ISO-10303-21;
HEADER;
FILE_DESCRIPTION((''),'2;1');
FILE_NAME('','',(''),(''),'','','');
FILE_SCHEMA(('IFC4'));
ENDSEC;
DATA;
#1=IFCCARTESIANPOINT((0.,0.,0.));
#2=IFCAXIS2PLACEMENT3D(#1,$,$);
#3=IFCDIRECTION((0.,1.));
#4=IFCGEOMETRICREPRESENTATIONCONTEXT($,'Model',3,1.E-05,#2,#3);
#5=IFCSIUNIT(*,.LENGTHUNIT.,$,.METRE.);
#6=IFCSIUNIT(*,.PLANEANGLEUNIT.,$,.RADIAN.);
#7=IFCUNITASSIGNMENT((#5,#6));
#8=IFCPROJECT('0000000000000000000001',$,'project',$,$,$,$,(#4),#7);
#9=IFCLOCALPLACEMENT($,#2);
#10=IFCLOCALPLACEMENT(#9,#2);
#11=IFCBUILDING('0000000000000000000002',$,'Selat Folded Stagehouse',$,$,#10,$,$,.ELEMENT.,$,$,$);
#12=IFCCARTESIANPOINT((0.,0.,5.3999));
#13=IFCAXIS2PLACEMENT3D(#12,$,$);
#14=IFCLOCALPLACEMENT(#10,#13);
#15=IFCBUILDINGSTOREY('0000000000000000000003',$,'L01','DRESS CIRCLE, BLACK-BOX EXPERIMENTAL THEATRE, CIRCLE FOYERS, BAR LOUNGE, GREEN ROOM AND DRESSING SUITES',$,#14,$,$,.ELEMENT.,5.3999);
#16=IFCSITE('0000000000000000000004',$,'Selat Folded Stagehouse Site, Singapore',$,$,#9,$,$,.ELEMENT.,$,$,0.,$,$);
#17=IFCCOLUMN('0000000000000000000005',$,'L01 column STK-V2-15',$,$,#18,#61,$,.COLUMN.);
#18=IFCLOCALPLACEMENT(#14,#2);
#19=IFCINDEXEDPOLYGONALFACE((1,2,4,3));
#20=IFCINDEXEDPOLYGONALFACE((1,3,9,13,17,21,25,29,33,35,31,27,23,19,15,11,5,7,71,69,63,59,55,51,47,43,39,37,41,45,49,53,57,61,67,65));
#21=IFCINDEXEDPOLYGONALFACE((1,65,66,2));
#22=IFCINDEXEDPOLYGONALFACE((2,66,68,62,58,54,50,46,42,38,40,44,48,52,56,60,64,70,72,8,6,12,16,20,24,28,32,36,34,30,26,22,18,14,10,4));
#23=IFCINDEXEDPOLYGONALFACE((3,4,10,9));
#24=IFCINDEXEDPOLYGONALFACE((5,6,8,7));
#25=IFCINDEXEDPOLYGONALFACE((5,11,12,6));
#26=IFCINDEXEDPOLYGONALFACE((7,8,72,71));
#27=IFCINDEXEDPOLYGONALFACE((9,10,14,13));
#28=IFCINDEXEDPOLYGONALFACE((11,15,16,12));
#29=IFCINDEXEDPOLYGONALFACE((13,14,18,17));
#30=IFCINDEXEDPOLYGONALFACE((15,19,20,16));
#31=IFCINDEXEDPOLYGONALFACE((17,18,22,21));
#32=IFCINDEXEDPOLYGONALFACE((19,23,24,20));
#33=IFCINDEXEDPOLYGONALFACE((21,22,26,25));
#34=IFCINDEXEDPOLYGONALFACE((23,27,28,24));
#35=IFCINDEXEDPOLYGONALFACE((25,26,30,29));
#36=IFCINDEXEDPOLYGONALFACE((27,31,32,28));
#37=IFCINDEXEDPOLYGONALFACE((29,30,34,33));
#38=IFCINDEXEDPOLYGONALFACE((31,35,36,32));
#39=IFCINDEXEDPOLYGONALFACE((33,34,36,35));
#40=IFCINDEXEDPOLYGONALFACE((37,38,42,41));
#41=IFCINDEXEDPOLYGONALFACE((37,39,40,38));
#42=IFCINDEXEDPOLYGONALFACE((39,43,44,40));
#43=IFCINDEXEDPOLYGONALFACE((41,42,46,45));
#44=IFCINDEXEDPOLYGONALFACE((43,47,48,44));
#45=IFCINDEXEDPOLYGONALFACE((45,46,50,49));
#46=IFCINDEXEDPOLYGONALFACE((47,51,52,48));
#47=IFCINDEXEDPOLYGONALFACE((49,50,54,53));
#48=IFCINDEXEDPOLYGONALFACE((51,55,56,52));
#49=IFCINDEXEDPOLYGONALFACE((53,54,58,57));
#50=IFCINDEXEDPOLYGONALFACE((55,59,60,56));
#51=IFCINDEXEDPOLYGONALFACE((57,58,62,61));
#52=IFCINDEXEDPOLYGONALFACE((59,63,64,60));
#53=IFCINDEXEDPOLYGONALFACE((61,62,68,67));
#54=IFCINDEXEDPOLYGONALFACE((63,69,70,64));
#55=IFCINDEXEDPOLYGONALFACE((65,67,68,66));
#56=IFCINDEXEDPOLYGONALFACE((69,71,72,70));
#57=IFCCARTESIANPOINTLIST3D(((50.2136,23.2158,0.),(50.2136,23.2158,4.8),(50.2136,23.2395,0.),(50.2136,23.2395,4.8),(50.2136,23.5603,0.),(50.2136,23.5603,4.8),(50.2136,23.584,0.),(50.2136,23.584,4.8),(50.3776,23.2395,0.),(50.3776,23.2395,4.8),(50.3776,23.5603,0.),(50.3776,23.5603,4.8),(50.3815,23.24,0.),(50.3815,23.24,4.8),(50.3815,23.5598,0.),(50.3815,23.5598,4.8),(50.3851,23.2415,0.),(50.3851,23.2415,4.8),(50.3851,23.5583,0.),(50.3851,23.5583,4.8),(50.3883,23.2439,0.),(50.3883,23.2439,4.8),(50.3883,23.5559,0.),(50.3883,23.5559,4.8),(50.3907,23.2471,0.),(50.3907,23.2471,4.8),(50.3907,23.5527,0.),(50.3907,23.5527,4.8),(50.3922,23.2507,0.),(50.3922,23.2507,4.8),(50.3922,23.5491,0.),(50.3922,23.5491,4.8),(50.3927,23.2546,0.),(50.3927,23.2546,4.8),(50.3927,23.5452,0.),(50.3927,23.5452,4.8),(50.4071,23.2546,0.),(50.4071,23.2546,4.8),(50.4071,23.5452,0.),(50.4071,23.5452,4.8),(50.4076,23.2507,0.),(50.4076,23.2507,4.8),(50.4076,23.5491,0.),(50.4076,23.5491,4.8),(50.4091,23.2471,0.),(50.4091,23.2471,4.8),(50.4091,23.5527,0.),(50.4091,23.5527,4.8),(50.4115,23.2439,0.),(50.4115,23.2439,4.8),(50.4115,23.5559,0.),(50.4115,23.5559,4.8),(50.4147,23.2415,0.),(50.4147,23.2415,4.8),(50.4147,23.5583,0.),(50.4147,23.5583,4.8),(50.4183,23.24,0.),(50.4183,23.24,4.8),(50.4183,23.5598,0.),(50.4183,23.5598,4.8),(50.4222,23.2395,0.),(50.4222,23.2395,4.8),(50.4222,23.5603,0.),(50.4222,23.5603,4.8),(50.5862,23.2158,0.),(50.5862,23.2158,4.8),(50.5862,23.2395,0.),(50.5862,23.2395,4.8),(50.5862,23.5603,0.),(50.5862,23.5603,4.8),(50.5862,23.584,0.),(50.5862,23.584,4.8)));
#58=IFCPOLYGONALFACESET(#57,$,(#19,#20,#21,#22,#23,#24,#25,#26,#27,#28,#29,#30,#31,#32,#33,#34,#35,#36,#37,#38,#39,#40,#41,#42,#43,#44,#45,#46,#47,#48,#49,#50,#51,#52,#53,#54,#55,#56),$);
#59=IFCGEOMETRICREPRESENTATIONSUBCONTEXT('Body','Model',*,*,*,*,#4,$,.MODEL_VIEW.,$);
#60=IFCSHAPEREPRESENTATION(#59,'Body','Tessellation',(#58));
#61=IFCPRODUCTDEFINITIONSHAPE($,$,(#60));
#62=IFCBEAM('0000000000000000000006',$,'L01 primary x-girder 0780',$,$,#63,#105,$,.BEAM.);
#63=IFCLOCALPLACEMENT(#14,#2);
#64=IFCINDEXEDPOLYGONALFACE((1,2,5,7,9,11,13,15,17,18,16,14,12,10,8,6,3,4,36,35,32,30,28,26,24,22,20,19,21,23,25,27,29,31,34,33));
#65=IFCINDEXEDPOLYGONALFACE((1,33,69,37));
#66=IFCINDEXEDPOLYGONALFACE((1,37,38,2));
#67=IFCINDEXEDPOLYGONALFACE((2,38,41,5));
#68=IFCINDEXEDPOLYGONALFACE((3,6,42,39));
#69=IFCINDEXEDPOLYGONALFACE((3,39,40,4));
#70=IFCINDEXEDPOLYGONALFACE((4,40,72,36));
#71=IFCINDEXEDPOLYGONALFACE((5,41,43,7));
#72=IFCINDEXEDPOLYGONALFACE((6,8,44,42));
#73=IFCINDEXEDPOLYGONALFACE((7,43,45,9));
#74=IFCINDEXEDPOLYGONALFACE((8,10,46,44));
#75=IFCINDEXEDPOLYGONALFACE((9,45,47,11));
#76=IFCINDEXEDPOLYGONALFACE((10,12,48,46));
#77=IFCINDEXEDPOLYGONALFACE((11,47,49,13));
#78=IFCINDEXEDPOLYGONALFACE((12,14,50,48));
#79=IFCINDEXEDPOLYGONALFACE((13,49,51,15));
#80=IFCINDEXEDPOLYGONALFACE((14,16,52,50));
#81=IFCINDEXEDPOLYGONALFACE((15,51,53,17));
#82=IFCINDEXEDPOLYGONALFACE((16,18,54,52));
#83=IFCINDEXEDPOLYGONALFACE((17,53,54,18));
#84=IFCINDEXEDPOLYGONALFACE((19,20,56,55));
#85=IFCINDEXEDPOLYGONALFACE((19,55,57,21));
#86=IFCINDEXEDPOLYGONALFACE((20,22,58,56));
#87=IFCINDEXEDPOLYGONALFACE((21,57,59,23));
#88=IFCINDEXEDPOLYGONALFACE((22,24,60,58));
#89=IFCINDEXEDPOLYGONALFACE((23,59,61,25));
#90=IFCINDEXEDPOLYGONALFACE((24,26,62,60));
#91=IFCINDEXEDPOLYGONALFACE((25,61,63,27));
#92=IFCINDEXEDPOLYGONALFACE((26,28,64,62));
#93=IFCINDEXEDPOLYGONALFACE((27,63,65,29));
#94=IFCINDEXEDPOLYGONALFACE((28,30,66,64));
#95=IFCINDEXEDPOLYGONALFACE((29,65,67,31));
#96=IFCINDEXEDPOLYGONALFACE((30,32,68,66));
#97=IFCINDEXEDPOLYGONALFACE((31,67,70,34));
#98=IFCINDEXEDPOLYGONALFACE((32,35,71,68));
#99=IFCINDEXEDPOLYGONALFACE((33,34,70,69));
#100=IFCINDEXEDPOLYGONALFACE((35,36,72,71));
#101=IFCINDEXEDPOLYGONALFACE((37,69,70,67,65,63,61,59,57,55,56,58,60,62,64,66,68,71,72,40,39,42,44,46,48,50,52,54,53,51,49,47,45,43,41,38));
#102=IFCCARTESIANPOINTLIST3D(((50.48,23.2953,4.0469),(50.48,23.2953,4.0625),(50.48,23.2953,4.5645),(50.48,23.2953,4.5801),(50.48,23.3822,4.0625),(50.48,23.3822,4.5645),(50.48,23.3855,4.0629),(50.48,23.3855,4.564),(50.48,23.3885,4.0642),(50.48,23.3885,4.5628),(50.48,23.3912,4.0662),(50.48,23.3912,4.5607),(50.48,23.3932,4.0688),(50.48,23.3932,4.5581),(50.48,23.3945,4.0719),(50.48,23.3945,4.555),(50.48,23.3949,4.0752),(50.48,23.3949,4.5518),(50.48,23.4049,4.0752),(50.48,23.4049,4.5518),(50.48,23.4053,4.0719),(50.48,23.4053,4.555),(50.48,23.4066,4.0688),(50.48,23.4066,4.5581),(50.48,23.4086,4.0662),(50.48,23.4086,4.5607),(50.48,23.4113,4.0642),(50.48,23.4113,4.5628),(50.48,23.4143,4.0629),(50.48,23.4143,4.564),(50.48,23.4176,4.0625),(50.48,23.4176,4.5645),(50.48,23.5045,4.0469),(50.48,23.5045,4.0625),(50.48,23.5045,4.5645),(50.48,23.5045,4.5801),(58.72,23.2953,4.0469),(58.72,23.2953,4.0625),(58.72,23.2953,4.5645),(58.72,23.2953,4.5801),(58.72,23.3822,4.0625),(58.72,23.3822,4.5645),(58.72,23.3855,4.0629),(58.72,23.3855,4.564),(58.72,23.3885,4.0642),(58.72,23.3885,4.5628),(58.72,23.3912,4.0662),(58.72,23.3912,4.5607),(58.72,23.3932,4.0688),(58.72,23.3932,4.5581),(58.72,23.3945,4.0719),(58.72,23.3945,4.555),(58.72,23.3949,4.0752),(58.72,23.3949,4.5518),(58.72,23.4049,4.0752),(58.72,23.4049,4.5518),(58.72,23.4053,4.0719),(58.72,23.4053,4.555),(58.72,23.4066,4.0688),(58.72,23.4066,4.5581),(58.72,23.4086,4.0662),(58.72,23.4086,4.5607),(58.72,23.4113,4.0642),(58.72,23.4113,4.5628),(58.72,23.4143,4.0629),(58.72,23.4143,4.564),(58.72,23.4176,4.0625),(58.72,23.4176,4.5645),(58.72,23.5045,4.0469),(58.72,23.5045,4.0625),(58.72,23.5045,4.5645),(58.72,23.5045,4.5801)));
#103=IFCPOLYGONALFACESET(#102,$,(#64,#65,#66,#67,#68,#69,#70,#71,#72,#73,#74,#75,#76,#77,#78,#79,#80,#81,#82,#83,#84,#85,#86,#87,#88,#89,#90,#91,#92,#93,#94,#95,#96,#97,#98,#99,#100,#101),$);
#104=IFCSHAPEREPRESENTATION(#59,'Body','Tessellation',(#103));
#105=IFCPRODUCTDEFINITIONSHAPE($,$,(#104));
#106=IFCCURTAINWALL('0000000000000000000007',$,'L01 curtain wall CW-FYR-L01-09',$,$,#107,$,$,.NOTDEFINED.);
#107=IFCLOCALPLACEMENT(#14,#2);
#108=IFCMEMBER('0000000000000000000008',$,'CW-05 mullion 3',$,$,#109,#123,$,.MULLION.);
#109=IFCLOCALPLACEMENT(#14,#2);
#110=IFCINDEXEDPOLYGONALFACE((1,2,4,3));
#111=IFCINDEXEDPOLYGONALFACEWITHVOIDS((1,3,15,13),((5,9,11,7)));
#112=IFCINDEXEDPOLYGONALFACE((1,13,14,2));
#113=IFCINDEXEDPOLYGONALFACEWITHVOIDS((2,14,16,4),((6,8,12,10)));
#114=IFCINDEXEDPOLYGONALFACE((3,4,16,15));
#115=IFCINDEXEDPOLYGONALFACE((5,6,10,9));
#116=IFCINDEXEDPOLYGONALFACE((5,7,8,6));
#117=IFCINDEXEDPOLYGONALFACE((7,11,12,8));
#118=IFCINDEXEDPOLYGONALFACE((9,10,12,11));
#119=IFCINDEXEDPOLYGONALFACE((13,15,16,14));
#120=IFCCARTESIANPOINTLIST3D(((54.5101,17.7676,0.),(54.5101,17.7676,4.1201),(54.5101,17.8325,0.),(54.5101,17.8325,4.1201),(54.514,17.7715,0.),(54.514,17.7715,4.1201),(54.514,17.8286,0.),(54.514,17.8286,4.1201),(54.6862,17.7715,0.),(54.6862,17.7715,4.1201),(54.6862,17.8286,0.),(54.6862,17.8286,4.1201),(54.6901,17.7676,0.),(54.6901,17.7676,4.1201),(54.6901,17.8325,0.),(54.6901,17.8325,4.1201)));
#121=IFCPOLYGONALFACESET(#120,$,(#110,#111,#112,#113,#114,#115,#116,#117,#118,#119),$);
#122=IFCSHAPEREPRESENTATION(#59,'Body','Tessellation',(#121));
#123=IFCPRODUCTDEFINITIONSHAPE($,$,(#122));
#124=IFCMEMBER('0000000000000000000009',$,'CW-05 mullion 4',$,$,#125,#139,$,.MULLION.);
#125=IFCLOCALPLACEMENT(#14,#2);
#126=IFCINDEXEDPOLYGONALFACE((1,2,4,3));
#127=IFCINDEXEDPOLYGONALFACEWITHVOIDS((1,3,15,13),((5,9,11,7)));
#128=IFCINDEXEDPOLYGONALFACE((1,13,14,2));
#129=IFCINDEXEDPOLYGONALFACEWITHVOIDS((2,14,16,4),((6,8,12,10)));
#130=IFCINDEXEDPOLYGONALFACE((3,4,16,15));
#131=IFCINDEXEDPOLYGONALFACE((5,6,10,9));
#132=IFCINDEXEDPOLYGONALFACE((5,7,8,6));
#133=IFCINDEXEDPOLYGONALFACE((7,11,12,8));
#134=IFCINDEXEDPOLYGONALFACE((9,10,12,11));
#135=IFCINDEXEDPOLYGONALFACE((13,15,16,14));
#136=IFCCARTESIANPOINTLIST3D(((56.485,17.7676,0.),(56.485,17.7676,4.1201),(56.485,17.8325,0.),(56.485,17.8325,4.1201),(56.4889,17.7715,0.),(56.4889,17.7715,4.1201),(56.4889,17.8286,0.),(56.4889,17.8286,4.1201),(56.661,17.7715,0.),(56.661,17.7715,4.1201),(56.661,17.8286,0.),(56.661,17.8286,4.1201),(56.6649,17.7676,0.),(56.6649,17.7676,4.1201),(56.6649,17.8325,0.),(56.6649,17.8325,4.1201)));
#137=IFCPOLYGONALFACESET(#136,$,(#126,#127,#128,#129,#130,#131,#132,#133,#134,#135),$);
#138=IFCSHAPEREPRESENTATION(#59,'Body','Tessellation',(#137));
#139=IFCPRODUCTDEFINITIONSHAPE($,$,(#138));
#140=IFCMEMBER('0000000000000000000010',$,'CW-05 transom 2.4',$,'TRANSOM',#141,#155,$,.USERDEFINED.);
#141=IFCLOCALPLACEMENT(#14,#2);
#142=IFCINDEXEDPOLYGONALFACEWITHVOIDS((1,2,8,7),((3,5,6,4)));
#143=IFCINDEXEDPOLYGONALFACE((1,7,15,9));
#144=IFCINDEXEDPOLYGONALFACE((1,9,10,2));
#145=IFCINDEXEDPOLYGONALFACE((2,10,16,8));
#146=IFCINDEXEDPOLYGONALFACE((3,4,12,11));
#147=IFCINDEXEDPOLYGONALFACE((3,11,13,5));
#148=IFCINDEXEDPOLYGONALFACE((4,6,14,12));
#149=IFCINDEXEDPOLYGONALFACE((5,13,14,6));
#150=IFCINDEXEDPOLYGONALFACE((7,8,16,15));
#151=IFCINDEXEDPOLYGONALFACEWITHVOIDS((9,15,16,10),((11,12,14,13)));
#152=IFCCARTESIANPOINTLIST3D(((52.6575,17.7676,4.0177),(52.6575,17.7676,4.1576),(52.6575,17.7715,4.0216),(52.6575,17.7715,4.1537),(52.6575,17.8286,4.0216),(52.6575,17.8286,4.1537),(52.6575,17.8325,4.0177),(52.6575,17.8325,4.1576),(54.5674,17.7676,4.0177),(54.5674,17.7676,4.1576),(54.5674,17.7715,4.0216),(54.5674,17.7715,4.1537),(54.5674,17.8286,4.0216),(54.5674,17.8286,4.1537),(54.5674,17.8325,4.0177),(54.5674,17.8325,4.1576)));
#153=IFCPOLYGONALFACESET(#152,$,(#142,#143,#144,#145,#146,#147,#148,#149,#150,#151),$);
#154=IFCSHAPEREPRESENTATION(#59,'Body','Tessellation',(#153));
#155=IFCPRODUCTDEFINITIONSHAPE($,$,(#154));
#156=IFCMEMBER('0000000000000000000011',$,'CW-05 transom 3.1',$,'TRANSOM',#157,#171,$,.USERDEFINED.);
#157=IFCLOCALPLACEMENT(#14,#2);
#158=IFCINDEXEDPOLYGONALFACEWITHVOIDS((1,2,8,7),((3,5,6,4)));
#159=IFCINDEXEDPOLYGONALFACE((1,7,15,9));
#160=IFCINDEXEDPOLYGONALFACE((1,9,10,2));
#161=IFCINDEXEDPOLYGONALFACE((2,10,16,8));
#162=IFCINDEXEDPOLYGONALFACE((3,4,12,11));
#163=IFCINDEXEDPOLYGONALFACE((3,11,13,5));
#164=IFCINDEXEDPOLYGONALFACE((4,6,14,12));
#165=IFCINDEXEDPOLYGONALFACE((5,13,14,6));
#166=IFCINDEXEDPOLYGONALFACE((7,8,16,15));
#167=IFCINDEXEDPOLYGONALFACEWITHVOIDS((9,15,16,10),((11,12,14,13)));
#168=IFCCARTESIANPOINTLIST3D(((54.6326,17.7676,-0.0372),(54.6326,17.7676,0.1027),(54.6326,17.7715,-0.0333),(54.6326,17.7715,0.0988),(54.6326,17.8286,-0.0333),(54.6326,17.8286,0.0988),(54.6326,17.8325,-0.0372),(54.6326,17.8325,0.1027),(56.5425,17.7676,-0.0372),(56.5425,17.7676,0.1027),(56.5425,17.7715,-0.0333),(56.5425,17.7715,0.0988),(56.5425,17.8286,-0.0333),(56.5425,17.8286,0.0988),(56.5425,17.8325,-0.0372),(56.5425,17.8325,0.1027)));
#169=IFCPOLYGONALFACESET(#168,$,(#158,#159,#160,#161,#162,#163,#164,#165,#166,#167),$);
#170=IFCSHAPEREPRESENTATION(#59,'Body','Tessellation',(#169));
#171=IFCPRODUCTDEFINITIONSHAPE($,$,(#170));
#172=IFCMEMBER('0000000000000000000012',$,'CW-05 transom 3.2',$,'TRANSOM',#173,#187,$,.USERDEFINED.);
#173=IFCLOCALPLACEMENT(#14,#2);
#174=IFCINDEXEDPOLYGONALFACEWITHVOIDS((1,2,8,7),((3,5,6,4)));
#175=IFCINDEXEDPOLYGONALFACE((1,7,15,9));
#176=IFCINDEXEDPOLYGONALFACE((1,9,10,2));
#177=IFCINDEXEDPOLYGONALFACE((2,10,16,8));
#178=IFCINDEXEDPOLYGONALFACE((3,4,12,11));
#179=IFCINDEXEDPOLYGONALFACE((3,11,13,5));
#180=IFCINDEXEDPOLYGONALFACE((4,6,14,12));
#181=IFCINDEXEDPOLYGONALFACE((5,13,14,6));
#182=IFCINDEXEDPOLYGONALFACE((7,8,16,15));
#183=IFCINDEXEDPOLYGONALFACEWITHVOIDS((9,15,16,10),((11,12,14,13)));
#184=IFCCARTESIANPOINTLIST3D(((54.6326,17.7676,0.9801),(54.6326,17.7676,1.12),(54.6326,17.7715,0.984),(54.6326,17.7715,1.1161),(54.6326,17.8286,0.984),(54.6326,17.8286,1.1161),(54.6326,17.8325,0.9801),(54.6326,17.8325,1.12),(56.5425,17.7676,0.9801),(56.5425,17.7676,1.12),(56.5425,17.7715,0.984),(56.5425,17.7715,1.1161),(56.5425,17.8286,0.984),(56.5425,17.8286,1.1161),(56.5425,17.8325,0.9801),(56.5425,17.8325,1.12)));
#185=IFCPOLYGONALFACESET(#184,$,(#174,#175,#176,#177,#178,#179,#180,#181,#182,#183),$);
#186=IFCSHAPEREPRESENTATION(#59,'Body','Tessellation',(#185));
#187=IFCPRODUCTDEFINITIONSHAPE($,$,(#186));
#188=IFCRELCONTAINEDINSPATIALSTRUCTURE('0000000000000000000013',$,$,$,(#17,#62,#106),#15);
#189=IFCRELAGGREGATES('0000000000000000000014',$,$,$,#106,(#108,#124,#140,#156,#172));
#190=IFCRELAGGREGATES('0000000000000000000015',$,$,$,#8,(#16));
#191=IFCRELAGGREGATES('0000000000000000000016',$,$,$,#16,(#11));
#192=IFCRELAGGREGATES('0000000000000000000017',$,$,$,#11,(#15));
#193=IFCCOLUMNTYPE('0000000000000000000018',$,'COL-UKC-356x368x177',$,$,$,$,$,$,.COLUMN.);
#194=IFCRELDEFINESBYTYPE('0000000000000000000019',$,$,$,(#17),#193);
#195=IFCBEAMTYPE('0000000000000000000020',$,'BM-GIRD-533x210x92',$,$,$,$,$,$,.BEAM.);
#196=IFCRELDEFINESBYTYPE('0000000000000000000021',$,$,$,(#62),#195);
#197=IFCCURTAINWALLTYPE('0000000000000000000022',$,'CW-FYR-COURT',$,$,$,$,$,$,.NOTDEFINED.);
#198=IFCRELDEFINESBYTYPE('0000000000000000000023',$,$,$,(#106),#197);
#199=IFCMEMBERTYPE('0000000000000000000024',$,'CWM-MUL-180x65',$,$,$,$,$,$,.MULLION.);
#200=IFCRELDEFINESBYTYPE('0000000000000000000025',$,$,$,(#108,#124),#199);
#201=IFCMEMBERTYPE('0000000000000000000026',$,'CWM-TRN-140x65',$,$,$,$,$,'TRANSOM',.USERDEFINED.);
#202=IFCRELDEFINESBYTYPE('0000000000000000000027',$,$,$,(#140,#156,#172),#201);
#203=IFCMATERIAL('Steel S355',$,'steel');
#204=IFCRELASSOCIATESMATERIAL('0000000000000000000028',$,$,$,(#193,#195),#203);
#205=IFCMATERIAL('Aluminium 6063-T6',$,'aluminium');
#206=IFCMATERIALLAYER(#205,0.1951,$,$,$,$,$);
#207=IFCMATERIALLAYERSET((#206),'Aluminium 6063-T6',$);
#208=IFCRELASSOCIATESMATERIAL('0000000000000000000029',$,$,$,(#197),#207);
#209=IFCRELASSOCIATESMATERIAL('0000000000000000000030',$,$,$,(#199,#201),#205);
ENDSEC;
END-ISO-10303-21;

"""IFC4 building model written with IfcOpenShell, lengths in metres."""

from ifc_helpers import new_model, si_unit, direction, frame, origin, origin_2d, place, context, subcontext, project, spatial, hollow_rectangle, i_section, extrude, material, layer, layer_set, material_profile, profile_set, type_object, element, aggregate, save


model = new_model("IFC4")

# Units and contexts
model_context = context("Model", 3, precision=1e-05, world=origin(), true_north=direction((0.0, 1.0)))
body_context = subcontext(model_context, "Body", "Model", "MODEL_VIEW")
ifc_project = project(units=[si_unit("LENGTHUNIT", "METRE"), si_unit("PLANEANGLEUNIT", "RADIAN")], contexts=[model_context])

# Site, building, storey
site_placement = place(None, origin())
site = spatial("IfcSite", under=ifc_project, at=site_placement, Name="Selat Folded Stagehouse Site, Singapore", CompositionType="ELEMENT", RefElevation=0.0)
building_placement = place(site_placement, origin())
building = spatial("IfcBuilding", under=site, at=building_placement, Name="Selat Folded Stagehouse", CompositionType="ELEMENT")
storey_placement = place(building_placement, frame((0.0, 0.0, 5.3999)))
storey = spatial("IfcBuildingStorey", under=building, at=storey_placement, Name="L01", Description="DRESS CIRCLE, BLACK-BOX EXPERIMENTAL THEATRE, CIRCLE FOYERS, BAR LOUNGE, GREEN ROOM AND DRESSING SUITES", CompositionType="ELEMENT", Elevation=5.3999)

# Column
ifc_material_1 = material(Name="Steel S355", Category="steel")
ifc_material_profile_1 = material_profile(ifc_material_1, i_section(OverallWidth=0.3726, OverallDepth=0.3682, WebThickness=0.0144, FlangeThickness=0.0237, FilletRadius=0.0151, at=origin_2d()), Name="UKC 356x368x177")
ifc_profile_set_1 = profile_set([ifc_material_profile_1], Name="Steel S355")
column_type = type_object("IfcColumnType", Name="COL-UKC-356x368x177", PredefinedType="COLUMN", material=ifc_profile_set_1)
column_placement = place(storey_placement, frame((50.3999, 23.3999, 0.0), z_axis=(0.0, 0.0, 1.0), x_axis=(1.0, 0.0, 0.0)))
element("IfcColumn", 1, at=column_placement, inside=storey, type_object=column_type, Name="L01 column STK-V2-15", PredefinedType="COLUMN", context=body_context, shape_type="SweptSolid", body=[
    extrude(i_section(OverallWidth=0.3726, OverallDepth=0.3682, WebThickness=0.0144, FlangeThickness=0.0237, FilletRadius=0.0151, at=origin_2d()), origin(), (0.0, 0.0, 1.0), 4.8),
])

# Beam
ifc_material_profile_2 = material_profile(ifc_material_1, i_section(OverallWidth=0.2092, OverallDepth=0.5332, WebThickness=0.01, FlangeThickness=0.0156, FilletRadius=0.0127, at=origin_2d()), Name="UKB 533x210x92")
ifc_profile_set_2 = profile_set([ifc_material_profile_2], Name="Steel S355")
beam_type = type_object("IfcBeamType", Name="BM-GIRD-533x210x92", PredefinedType="BEAM", material=ifc_profile_set_2)
beam_placement = place(storey_placement, frame((50.48, 23.3999, 4.3135), z_axis=(1.0, 0.0, 0.0), x_axis=(0.0, 1.0, 0.0)))
element("IfcBeam", 2, at=beam_placement, inside=storey, type_object=beam_type, Name="L01 primary x-girder 0780", PredefinedType="BEAM", context=body_context, shape_type="SweptSolid", body=[
    extrude(i_section(OverallWidth=0.2092, OverallDepth=0.5332, WebThickness=0.01, FlangeThickness=0.0156, FilletRadius=0.0127, at=origin_2d()), origin(), (0.0, 0.0, 1.0), 8.24),
])

# Curtain wall, members
ifc_material_2 = material(Name="Aluminium 6063-T6", Category="aluminium")
ifc_layer_1 = layer(ifc_material_2, 0.1951)
ifc_layer_set_1 = layer_set([ifc_layer_1], Name="Aluminium 6063-T6")
curtain_wall_type = type_object("IfcCurtainWallType", Name="CW-FYR-COURT", PredefinedType="NOTDEFINED", material=ifc_layer_set_1)
curtain_wall_placement = place(storey_placement, origin())
curtain_wall = element("IfcCurtainWall", 3, at=curtain_wall_placement, inside=storey, type_object=curtain_wall_type, Name="L01 curtain wall CW-FYR-L01-09", PredefinedType="NOTDEFINED")
ifc_material_profile_3 = material_profile(ifc_material_2, hollow_rectangle(XDim=0.0649, YDim=0.1799, WallThickness=0.0039, at=origin_2d()), Name="ALU 180x65x4.0")
ifc_profile_set_3 = profile_set([ifc_material_profile_3], Name="Aluminium 6063-T6")
member_type_1 = type_object("IfcMemberType", Name="CWM-MUL-180x65", PredefinedType="MULLION", material=ifc_profile_set_3)
member_1_placement = place(storey_placement, frame((54.6001, 17.8, 0.0), z_axis=(0.0, 0.0, 1.0), x_axis=(0.0, 1.0, 0.0)))
member_1 = element("IfcMember", 4, at=member_1_placement, type_object=member_type_1, Name="CW-05 mullion 3", PredefinedType="MULLION", context=body_context, shape_type="SweptSolid", body=[
    extrude(hollow_rectangle(XDim=0.0649, YDim=0.1799, WallThickness=0.0039, at=origin_2d()), origin(), (0.0, 0.0, 1.0), 4.1201),
])
member_2_placement = place(storey_placement, frame((56.575, 17.8, 0.0), z_axis=(0.0, 0.0, 1.0), x_axis=(0.0, 1.0, 0.0)))
member_2 = element("IfcMember", 5, at=member_2_placement, type_object=member_type_1, Name="CW-05 mullion 4", PredefinedType="MULLION", context=body_context, shape_type="SweptSolid", body=[
    extrude(hollow_rectangle(XDim=0.0649, YDim=0.1799, WallThickness=0.0039, at=origin_2d()), origin(), (0.0, 0.0, 1.0), 4.1201),
])
ifc_material_profile_4 = material_profile(ifc_material_2, hollow_rectangle(XDim=0.0649, YDim=0.1399, WallThickness=0.0039, at=origin_2d()), Name="ALU 140x65x4.0")
ifc_profile_set_4 = profile_set([ifc_material_profile_4], Name="Aluminium 6063-T6")
member_type_2 = type_object("IfcMemberType", Name="CWM-TRN-140x65", ElementType="TRANSOM", PredefinedType="USERDEFINED", material=ifc_profile_set_4)
member_3_placement = place(storey_placement, frame((52.6575, 17.8, 4.0876), z_axis=(1.0, 0.0, 0.0), x_axis=(0.0, 1.0, 0.0)))
member_3 = element("IfcMember", 6, at=member_3_placement, type_object=member_type_2, Name="CW-05 transom 2.4", ObjectType="TRANSOM", PredefinedType="USERDEFINED", context=body_context, shape_type="SweptSolid", body=[
    extrude(hollow_rectangle(XDim=0.0649, YDim=0.1399, WallThickness=0.0039, at=origin_2d()), origin(), (0.0, 0.0, 1.0), 1.9099),
])
member_4_placement = place(storey_placement, frame((54.6326, 17.8, 0.0327), z_axis=(1.0, 0.0, 0.0), x_axis=(0.0, 1.0, 0.0)))
member_4 = element("IfcMember", 7, at=member_4_placement, type_object=member_type_2, Name="CW-05 transom 3.1", ObjectType="TRANSOM", PredefinedType="USERDEFINED", context=body_context, shape_type="SweptSolid", body=[
    extrude(hollow_rectangle(XDim=0.0649, YDim=0.1399, WallThickness=0.0039, at=origin_2d()), origin(), (0.0, 0.0, 1.0), 1.9099),
])
member_5_placement = place(storey_placement, frame((54.6326, 17.8, 1.05), z_axis=(1.0, 0.0, 0.0), x_axis=(0.0, 1.0, 0.0)))
member_5 = element("IfcMember", 8, at=member_5_placement, type_object=member_type_2, Name="CW-05 transom 3.2", ObjectType="TRANSOM", PredefinedType="USERDEFINED", context=body_context, shape_type="SweptSolid", body=[
    extrude(hollow_rectangle(XDim=0.0649, YDim=0.1399, WallThickness=0.0039, at=origin_2d()), origin(), (0.0, 0.0, 1.0), 1.9099),
])
aggregate(curtain_wall, [member_1, member_2, member_3, member_4, member_5])

save(model, "model.ifc")
